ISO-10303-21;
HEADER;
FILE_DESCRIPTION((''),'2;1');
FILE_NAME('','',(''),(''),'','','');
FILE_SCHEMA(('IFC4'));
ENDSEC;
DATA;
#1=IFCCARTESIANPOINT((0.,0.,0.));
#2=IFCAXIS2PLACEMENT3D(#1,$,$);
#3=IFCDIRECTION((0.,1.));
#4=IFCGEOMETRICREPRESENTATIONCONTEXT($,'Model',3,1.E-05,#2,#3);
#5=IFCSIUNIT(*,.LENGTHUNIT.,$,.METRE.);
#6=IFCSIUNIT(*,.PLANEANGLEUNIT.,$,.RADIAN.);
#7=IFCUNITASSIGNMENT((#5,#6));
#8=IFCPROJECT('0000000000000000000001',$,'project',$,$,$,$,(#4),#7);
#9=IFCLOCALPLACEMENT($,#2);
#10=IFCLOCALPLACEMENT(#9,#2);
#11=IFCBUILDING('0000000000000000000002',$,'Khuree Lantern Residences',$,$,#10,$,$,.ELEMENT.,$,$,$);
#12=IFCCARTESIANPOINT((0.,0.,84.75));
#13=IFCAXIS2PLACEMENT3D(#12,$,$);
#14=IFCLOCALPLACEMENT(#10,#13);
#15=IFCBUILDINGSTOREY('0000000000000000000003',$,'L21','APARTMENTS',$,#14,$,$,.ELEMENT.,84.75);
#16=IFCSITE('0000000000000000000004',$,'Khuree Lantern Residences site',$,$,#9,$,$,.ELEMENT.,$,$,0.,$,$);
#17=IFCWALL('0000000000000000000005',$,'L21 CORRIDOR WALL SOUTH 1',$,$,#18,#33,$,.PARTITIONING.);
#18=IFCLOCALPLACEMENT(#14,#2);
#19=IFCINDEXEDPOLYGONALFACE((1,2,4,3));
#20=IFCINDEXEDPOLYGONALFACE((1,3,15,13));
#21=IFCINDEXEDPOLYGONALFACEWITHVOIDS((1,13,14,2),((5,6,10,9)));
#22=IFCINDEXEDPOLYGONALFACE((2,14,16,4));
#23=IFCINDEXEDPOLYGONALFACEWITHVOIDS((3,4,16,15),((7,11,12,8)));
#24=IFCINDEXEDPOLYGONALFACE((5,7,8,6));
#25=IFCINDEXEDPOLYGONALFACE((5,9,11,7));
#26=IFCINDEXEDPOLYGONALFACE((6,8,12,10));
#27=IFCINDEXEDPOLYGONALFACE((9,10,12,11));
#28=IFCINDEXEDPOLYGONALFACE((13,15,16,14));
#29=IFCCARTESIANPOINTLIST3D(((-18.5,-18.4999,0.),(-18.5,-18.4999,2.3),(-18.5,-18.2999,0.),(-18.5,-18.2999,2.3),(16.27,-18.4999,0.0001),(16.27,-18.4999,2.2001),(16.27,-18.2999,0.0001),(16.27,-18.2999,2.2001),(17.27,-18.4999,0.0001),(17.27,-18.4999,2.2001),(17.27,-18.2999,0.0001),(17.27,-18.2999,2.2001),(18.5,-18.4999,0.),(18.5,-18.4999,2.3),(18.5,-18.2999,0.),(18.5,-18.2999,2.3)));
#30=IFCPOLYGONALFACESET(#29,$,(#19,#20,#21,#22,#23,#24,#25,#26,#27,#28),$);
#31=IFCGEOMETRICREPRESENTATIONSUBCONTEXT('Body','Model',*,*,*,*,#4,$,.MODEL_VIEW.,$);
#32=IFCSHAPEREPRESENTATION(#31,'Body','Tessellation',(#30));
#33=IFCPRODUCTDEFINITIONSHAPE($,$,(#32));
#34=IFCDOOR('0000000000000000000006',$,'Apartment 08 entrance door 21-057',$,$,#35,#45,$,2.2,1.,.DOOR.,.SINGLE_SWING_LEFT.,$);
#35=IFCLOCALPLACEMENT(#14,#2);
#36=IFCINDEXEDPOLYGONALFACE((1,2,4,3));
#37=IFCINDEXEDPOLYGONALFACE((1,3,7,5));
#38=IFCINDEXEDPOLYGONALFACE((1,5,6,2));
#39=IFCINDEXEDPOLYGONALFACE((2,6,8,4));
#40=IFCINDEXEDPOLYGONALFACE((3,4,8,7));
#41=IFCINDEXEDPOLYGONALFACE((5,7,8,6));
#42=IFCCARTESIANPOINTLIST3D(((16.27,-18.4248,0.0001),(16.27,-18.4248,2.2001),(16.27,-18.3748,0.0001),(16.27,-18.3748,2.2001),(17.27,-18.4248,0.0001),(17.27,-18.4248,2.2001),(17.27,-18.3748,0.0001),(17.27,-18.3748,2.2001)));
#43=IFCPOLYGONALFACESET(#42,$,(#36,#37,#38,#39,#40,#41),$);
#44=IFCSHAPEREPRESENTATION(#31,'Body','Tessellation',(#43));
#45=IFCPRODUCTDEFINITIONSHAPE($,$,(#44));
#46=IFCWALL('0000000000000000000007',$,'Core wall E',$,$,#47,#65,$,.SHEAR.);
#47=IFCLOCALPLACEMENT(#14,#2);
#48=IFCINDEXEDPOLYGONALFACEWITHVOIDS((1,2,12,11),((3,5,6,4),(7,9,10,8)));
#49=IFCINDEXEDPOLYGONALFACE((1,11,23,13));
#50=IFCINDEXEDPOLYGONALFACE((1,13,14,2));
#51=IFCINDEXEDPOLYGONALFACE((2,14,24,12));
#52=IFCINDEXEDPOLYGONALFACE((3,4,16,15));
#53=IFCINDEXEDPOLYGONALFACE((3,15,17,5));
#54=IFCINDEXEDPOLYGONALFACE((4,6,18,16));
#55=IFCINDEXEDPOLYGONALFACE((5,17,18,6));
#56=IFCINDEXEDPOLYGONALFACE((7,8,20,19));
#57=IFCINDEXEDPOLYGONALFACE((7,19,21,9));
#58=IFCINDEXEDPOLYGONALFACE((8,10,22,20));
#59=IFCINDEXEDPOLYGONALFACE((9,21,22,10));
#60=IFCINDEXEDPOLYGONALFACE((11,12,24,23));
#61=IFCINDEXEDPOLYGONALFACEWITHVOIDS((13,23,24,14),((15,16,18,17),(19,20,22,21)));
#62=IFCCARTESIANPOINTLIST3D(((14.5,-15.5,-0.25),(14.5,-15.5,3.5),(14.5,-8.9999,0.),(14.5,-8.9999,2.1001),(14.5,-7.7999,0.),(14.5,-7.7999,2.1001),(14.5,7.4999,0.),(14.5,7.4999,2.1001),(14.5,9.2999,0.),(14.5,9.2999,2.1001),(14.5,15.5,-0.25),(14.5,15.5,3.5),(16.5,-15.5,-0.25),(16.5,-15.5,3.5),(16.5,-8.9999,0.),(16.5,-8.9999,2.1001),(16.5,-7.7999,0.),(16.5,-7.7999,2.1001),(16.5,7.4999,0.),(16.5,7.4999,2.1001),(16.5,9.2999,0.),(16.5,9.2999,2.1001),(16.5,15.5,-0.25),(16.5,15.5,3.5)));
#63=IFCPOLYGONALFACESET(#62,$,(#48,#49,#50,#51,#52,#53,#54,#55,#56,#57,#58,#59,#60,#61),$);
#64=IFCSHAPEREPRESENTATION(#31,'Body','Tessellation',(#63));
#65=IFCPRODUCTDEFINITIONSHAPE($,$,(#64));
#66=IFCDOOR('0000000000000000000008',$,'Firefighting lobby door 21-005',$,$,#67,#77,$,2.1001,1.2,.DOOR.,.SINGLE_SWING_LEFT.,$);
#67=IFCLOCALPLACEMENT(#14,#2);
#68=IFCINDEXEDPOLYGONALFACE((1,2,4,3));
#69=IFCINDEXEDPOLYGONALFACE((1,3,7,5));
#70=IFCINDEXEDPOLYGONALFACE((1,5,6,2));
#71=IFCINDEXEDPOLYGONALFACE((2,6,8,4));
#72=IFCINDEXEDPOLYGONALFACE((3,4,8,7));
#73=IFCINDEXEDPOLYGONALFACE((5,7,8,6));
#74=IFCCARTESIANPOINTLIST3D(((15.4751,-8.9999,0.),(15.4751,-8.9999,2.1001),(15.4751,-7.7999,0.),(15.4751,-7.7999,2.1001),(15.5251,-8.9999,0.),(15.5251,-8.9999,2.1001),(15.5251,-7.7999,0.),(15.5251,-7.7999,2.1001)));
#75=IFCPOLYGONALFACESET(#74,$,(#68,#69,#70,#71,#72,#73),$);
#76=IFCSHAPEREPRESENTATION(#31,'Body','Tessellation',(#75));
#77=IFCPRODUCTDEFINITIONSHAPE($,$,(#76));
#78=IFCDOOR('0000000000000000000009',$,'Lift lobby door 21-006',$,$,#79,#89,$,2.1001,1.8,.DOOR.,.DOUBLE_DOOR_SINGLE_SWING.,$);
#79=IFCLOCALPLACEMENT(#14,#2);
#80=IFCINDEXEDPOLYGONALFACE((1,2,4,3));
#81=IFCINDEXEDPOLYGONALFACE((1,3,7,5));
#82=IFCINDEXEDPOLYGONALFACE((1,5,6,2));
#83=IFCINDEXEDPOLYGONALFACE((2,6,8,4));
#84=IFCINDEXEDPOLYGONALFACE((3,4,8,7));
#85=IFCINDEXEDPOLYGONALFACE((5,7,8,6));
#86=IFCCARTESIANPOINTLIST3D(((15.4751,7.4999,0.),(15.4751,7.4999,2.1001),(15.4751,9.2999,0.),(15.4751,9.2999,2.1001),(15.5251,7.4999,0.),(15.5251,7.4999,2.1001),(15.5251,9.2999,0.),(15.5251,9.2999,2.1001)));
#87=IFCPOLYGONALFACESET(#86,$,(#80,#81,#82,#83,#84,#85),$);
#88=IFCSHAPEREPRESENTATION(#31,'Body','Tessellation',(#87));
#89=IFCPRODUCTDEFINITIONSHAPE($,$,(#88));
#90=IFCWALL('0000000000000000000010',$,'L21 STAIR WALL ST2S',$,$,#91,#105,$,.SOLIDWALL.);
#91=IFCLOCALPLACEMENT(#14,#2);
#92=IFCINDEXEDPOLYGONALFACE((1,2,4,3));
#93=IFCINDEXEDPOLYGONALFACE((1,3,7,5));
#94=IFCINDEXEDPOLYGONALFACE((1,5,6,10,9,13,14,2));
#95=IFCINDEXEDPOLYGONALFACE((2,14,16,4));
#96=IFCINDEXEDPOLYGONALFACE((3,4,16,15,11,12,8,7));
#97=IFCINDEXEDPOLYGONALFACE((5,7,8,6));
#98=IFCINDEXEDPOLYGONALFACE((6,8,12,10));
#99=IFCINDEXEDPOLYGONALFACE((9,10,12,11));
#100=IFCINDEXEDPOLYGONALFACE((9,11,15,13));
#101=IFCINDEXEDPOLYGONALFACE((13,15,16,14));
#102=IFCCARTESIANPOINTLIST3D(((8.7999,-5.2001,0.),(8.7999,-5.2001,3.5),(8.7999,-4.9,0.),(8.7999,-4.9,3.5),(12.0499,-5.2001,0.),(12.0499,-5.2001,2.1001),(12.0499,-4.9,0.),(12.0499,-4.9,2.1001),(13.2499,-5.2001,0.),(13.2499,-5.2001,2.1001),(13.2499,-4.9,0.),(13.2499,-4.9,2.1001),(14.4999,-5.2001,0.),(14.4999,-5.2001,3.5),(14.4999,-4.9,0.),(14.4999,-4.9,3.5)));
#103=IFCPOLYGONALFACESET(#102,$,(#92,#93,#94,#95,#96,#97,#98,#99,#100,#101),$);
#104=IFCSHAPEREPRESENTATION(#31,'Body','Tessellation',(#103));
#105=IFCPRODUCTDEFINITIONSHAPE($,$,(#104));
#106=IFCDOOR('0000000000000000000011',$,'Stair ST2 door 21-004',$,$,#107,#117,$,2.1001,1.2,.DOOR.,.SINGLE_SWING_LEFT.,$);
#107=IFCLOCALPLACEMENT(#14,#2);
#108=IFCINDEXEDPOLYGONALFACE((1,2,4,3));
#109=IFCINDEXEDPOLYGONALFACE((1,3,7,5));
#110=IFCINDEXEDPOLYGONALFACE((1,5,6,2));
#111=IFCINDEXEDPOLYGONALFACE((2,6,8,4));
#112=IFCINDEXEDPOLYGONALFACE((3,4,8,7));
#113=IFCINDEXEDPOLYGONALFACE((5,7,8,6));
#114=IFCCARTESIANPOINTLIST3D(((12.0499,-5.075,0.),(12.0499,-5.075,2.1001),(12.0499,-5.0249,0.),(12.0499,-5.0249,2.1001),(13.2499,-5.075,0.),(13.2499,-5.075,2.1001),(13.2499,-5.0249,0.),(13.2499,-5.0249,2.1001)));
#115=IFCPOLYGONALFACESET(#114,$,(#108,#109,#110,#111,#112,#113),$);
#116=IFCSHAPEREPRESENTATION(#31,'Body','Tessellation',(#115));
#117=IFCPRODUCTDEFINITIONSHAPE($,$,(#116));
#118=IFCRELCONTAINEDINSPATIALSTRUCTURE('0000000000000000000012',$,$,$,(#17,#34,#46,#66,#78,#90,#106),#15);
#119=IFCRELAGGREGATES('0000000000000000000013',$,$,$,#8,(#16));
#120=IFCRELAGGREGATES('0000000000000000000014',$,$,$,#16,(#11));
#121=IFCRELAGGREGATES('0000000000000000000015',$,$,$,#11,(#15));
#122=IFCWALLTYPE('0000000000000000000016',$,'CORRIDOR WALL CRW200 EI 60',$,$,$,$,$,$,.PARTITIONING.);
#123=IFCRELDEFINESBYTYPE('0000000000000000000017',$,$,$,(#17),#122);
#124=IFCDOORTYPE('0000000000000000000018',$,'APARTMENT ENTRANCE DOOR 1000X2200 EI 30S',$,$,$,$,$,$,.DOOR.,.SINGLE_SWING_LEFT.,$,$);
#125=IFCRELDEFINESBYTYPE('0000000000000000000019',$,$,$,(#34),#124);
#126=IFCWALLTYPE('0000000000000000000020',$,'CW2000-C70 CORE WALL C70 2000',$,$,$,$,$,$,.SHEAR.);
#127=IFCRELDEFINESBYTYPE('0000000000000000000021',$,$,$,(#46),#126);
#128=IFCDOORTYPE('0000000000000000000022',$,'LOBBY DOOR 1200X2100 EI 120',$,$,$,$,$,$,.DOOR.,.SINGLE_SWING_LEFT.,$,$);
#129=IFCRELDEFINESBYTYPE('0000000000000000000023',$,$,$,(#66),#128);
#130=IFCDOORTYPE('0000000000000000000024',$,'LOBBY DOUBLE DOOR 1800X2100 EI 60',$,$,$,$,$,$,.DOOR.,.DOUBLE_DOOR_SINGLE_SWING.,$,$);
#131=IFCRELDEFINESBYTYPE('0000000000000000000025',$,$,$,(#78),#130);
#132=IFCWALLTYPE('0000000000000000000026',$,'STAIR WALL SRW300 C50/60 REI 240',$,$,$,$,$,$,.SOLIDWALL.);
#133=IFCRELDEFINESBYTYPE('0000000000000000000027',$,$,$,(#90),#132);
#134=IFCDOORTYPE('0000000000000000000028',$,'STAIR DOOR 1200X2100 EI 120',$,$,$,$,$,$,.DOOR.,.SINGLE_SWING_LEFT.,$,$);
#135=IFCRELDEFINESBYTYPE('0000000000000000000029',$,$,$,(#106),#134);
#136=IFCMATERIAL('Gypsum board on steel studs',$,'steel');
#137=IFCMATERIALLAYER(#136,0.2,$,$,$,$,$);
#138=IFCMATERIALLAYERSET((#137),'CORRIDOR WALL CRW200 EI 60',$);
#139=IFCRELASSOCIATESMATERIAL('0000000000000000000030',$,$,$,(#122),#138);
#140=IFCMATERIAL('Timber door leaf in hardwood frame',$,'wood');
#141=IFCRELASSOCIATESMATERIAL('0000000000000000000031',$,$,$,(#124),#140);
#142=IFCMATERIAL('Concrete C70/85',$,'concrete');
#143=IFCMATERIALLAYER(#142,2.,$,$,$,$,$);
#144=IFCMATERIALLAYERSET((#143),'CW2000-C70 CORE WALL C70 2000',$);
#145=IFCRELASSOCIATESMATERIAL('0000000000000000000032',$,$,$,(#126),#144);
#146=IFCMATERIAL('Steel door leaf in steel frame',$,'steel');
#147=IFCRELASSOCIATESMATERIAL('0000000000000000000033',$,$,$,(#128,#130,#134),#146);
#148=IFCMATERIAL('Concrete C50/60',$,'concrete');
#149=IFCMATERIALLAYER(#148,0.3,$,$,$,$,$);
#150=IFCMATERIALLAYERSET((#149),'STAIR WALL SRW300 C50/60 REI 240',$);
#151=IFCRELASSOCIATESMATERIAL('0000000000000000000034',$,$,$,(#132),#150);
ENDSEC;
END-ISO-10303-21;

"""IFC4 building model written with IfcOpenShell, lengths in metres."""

from ifc_helpers import new_model, si_unit, direction, frame, frame_2d, origin, place, context, subcontext, project, spatial, rectangle, extrude, material, layer, layer_set, type_object, element, fill, save


model = new_model("IFC4")

# Units and contexts
model_context = context("Model", 3, precision=1e-05, world=origin(), true_north=direction((0.0, 1.0)))
body_context = subcontext(model_context, "Body", "Model", "MODEL_VIEW")
ifc_project = project(units=[si_unit("LENGTHUNIT", "METRE"), si_unit("PLANEANGLEUNIT", "RADIAN")], contexts=[model_context])

# Site, building, storey
site_placement = place(None, origin())
site = spatial("IfcSite", under=ifc_project, at=site_placement, Name="Khuree Lantern Residences site", CompositionType="ELEMENT", RefElevation=0.0)
building_placement = place(site_placement, origin())
building = spatial("IfcBuilding", under=site, at=building_placement, Name="Khuree Lantern Residences", CompositionType="ELEMENT")
storey_placement = place(building_placement, frame((0.0, 0.0, 84.75)))
storey = spatial("IfcBuildingStorey", under=building, at=storey_placement, Name="L21", Description="APARTMENTS", CompositionType="ELEMENT", Elevation=84.75)

# Shared definitions
ifc_material_1 = material(Name="Concrete C70/85", Category="concrete")

# Shared definitions
ifc_material_2 = material(Name="Gypsum board on steel studs", Category="steel")
ifc_layer_1 = layer(ifc_material_2, 0.2)
ifc_layer_set_1 = layer_set([ifc_layer_1], Name="CORRIDOR WALL CRW200 EI 60")
wall_type_1 = type_object("IfcWallType", Name="CORRIDOR WALL CRW200 EI 60", PredefinedType="PARTITIONING", material=ifc_layer_set_1)

# Shared definitions
ifc_material_3 = material(Name="Timber door leaf in hardwood frame", Category="wood")
door_type_1 = type_object("IfcDoorType", Name="APARTMENT ENTRANCE DOOR 1000X2200 EI 30S", OperationType="SINGLE_SWING_LEFT", PredefinedType="DOOR", material=ifc_material_3)

# Wall, opening, door
wall_1_placement = place(storey_placement, frame((18.5, -18.3999, 0.0), z_axis=(0.0, 0.0, 1.0), x_axis=(-1.0, 0.0, 0.0)))
wall_1 = element("IfcWall", 1, at=wall_1_placement, inside=storey, type_object=wall_type_1, Name="L21 CORRIDOR WALL SOUTH 1", PredefinedType="PARTITIONING", context=body_context, shape_type="SweptSolid", body=[
    extrude(rectangle(XDim=37.0, YDim=0.2, at=frame_2d((18.5, 0.0))), origin(), (0.0, 0.0, 1.0), 2.3),
])
opening_1_placement = place(wall_1_placement, frame((1.23, 0.0, 0.0)))
opening_1 = element("IfcOpeningElement", 2, at=opening_1_placement, cuts=wall_1, PredefinedType="OPENING", context=body_context, shape_type="SweptSolid", body=[
    extrude(rectangle(XDim=1.0, YDim=2.2, at=frame_2d((0.5, 1.1001))), frame((0.0, 0.1099, 0.0), z_axis=(0.0, -1.0, 0.0), x_axis=(1.0, 0.0, 0.0)), (0.0, 0.0, 1.0), 0.22),
])
door_1_placement = place(opening_1_placement, origin())
door_1 = element("IfcDoor", 3, at=door_1_placement, inside=storey, type_object=door_type_1, Name="Apartment 08 entrance door 21-057", OperationType="SINGLE_SWING_LEFT", OverallHeight=2.2, OverallWidth=1.0, PredefinedType="DOOR", context=body_context, shape_type="SweptSolid", body=[
    extrude(rectangle(XDim=1.0, YDim=2.2, at=frame_2d((0.5, 1.1001))), frame((0.0, 0.0249, 0.0), z_axis=(0.0, -1.0, 0.0), x_axis=(1.0, 0.0, 0.0)), (0.0, 0.0, 1.0), 0.05),
])
fill(opening_1, door_1)

# Wall, openings, doors
ifc_layer_2 = layer(ifc_material_1, 2.0)
ifc_layer_set_2 = layer_set([ifc_layer_2], Name="CW2000-C70 CORE WALL C70 2000")
wall_type_2 = type_object("IfcWallType", Name="CW2000-C70 CORE WALL C70 2000", PredefinedType="SHEAR", material=ifc_layer_set_2)
wall_2_placement = place(storey_placement, frame((15.5, -15.5, -0.25), z_axis=(0.0, 0.0, 1.0), x_axis=(0.0, 1.0, 0.0)))
wall_2 = element("IfcWall", 4, at=wall_2_placement, inside=storey, type_object=wall_type_2, Name="Core wall E", PredefinedType="SHEAR", context=body_context, shape_type="SweptSolid", body=[
    extrude(rectangle(XDim=31.0, YDim=2.0, at=frame_2d((15.5, 0.0))), origin(), (0.0, 0.0, 1.0), 3.75),
])
opening_2_placement = place(wall_2_placement, frame((6.5, 0.0, 0.25)))
opening_2 = element("IfcOpeningElement", 5, at=opening_2_placement, cuts=wall_2, PredefinedType="OPENING", context=body_context, shape_type="SweptSolid", body=[
    extrude(rectangle(XDim=1.2, YDim=2.1001, at=frame_2d((0.6001, 1.05))), frame((0.0, 1.01, 0.0), z_axis=(0.0, -1.0, 0.0), x_axis=(1.0, 0.0, 0.0)), (0.0, 0.0, 1.0), 2.02),
])
opening_3_placement = place(wall_2_placement, frame((23.0, 0.0, 0.25)))
opening_3 = element("IfcOpeningElement", 6, at=opening_3_placement, cuts=wall_2, PredefinedType="OPENING", context=body_context, shape_type="SweptSolid", body=[
    extrude(rectangle(XDim=1.8, YDim=2.1001, at=frame_2d((0.8999, 1.05))), frame((0.0, 1.01, 0.0), z_axis=(0.0, -1.0, 0.0), x_axis=(1.0, 0.0, 0.0)), (0.0, 0.0, 1.0), 2.02),
])
ifc_material_4 = material(Name="Steel door leaf in steel frame", Category="steel")
door_type_2 = type_object("IfcDoorType", Name="LOBBY DOOR 1200X2100 EI 120", OperationType="SINGLE_SWING_LEFT", PredefinedType="DOOR", material=ifc_material_4)
door_2_placement = place(opening_2_placement, origin())
door_2 = element("IfcDoor", 7, at=door_2_placement, inside=storey, type_object=door_type_2, Name="Firefighting lobby door 21-005", OperationType="SINGLE_SWING_LEFT", OverallHeight=2.1001, OverallWidth=1.2, PredefinedType="DOOR", context=body_context, shape_type="SweptSolid", body=[
    extrude(rectangle(XDim=1.2, YDim=2.1001, at=frame_2d((0.6001, 1.05))), frame((0.0, 0.0249, 0.0), z_axis=(0.0, -1.0, 0.0), x_axis=(1.0, 0.0, 0.0)), (0.0, 0.0, 1.0), 0.05),
])
fill(opening_2, door_2)
door_type_3 = type_object("IfcDoorType", Name="LOBBY DOUBLE DOOR 1800X2100 EI 60", OperationType="DOUBLE_DOOR_SINGLE_SWING", PredefinedType="DOOR", material=ifc_material_4)
door_3_placement = place(opening_3_placement, origin())
door_3 = element("IfcDoor", 8, at=door_3_placement, inside=storey, type_object=door_type_3, Name="Lift lobby door 21-006", OperationType="DOUBLE_DOOR_SINGLE_SWING", OverallHeight=2.1001, OverallWidth=1.8, PredefinedType="DOOR", context=body_context, shape_type="SweptSolid", body=[
    extrude(rectangle(XDim=1.8, YDim=2.1001, at=frame_2d((0.8999, 1.05))), frame((0.0, 0.0249, 0.0), z_axis=(0.0, -1.0, 0.0), x_axis=(1.0, 0.0, 0.0)), (0.0, 0.0, 1.0), 0.05),
])
fill(opening_3, door_3)

# Wall, opening, door
ifc_material_5 = material(Name="Concrete C50/60", Category="concrete")
ifc_layer_3 = layer(ifc_material_5, 0.3)
ifc_layer_set_3 = layer_set([ifc_layer_3], Name="STAIR WALL SRW300 C50/60 REI 240")
wall_type_3 = type_object("IfcWallType", Name="STAIR WALL SRW300 C50/60 REI 240", PredefinedType="SOLIDWALL", material=ifc_layer_set_3)
wall_3_placement = place(storey_placement, frame((14.5, -5.05, 0.0), z_axis=(0.0, 0.0, 1.0), x_axis=(-1.0, 0.0, 0.0)))
wall_3 = element("IfcWall", 9, at=wall_3_placement, inside=storey, type_object=wall_type_3, Name="L21 STAIR WALL ST2S", PredefinedType="SOLIDWALL", context=body_context, shape_type="SweptSolid", body=[
    extrude(rectangle(XDim=5.7, YDim=0.3, at=frame_2d((2.8501, 0.0))), origin(), (0.0, 0.0, 1.0), 3.5),
])
opening_4_placement = place(wall_3_placement, frame((1.25, 0.0, 0.0)))
opening_4 = element("IfcOpeningElement", 10, at=opening_4_placement, cuts=wall_3, PredefinedType="OPENING", context=body_context, shape_type="SweptSolid", body=[
    extrude(rectangle(XDim=1.2, YDim=2.1001, at=frame_2d((0.6001, 1.05))), frame((0.0, 0.1602, 0.0), z_axis=(0.0, -1.0, 0.0), x_axis=(1.0, 0.0, 0.0)), (0.0, 0.0, 1.0), 0.3201),
])
door_type_4 = type_object("IfcDoorType", Name="STAIR DOOR 1200X2100 EI 120", OperationType="SINGLE_SWING_LEFT", PredefinedType="DOOR", material=ifc_material_4)
door_4_placement = place(opening_4_placement, origin())
door_4 = element("IfcDoor", 11, at=door_4_placement, inside=storey, type_object=door_type_4, Name="Stair ST2 door 21-004", OperationType="SINGLE_SWING_LEFT", OverallHeight=2.1001, OverallWidth=1.2, PredefinedType="DOOR", context=body_context, shape_type="SweptSolid", body=[
    extrude(rectangle(XDim=1.2, YDim=2.1001, at=frame_2d((0.6001, 1.05))), frame((0.0, 0.0249, 0.0), z_axis=(0.0, -1.0, 0.0), x_axis=(1.0, 0.0, 0.0)), (0.0, 0.0, 1.0), 0.05),
])
fill(opening_4, door_4)

save(model, "model.ifc")
